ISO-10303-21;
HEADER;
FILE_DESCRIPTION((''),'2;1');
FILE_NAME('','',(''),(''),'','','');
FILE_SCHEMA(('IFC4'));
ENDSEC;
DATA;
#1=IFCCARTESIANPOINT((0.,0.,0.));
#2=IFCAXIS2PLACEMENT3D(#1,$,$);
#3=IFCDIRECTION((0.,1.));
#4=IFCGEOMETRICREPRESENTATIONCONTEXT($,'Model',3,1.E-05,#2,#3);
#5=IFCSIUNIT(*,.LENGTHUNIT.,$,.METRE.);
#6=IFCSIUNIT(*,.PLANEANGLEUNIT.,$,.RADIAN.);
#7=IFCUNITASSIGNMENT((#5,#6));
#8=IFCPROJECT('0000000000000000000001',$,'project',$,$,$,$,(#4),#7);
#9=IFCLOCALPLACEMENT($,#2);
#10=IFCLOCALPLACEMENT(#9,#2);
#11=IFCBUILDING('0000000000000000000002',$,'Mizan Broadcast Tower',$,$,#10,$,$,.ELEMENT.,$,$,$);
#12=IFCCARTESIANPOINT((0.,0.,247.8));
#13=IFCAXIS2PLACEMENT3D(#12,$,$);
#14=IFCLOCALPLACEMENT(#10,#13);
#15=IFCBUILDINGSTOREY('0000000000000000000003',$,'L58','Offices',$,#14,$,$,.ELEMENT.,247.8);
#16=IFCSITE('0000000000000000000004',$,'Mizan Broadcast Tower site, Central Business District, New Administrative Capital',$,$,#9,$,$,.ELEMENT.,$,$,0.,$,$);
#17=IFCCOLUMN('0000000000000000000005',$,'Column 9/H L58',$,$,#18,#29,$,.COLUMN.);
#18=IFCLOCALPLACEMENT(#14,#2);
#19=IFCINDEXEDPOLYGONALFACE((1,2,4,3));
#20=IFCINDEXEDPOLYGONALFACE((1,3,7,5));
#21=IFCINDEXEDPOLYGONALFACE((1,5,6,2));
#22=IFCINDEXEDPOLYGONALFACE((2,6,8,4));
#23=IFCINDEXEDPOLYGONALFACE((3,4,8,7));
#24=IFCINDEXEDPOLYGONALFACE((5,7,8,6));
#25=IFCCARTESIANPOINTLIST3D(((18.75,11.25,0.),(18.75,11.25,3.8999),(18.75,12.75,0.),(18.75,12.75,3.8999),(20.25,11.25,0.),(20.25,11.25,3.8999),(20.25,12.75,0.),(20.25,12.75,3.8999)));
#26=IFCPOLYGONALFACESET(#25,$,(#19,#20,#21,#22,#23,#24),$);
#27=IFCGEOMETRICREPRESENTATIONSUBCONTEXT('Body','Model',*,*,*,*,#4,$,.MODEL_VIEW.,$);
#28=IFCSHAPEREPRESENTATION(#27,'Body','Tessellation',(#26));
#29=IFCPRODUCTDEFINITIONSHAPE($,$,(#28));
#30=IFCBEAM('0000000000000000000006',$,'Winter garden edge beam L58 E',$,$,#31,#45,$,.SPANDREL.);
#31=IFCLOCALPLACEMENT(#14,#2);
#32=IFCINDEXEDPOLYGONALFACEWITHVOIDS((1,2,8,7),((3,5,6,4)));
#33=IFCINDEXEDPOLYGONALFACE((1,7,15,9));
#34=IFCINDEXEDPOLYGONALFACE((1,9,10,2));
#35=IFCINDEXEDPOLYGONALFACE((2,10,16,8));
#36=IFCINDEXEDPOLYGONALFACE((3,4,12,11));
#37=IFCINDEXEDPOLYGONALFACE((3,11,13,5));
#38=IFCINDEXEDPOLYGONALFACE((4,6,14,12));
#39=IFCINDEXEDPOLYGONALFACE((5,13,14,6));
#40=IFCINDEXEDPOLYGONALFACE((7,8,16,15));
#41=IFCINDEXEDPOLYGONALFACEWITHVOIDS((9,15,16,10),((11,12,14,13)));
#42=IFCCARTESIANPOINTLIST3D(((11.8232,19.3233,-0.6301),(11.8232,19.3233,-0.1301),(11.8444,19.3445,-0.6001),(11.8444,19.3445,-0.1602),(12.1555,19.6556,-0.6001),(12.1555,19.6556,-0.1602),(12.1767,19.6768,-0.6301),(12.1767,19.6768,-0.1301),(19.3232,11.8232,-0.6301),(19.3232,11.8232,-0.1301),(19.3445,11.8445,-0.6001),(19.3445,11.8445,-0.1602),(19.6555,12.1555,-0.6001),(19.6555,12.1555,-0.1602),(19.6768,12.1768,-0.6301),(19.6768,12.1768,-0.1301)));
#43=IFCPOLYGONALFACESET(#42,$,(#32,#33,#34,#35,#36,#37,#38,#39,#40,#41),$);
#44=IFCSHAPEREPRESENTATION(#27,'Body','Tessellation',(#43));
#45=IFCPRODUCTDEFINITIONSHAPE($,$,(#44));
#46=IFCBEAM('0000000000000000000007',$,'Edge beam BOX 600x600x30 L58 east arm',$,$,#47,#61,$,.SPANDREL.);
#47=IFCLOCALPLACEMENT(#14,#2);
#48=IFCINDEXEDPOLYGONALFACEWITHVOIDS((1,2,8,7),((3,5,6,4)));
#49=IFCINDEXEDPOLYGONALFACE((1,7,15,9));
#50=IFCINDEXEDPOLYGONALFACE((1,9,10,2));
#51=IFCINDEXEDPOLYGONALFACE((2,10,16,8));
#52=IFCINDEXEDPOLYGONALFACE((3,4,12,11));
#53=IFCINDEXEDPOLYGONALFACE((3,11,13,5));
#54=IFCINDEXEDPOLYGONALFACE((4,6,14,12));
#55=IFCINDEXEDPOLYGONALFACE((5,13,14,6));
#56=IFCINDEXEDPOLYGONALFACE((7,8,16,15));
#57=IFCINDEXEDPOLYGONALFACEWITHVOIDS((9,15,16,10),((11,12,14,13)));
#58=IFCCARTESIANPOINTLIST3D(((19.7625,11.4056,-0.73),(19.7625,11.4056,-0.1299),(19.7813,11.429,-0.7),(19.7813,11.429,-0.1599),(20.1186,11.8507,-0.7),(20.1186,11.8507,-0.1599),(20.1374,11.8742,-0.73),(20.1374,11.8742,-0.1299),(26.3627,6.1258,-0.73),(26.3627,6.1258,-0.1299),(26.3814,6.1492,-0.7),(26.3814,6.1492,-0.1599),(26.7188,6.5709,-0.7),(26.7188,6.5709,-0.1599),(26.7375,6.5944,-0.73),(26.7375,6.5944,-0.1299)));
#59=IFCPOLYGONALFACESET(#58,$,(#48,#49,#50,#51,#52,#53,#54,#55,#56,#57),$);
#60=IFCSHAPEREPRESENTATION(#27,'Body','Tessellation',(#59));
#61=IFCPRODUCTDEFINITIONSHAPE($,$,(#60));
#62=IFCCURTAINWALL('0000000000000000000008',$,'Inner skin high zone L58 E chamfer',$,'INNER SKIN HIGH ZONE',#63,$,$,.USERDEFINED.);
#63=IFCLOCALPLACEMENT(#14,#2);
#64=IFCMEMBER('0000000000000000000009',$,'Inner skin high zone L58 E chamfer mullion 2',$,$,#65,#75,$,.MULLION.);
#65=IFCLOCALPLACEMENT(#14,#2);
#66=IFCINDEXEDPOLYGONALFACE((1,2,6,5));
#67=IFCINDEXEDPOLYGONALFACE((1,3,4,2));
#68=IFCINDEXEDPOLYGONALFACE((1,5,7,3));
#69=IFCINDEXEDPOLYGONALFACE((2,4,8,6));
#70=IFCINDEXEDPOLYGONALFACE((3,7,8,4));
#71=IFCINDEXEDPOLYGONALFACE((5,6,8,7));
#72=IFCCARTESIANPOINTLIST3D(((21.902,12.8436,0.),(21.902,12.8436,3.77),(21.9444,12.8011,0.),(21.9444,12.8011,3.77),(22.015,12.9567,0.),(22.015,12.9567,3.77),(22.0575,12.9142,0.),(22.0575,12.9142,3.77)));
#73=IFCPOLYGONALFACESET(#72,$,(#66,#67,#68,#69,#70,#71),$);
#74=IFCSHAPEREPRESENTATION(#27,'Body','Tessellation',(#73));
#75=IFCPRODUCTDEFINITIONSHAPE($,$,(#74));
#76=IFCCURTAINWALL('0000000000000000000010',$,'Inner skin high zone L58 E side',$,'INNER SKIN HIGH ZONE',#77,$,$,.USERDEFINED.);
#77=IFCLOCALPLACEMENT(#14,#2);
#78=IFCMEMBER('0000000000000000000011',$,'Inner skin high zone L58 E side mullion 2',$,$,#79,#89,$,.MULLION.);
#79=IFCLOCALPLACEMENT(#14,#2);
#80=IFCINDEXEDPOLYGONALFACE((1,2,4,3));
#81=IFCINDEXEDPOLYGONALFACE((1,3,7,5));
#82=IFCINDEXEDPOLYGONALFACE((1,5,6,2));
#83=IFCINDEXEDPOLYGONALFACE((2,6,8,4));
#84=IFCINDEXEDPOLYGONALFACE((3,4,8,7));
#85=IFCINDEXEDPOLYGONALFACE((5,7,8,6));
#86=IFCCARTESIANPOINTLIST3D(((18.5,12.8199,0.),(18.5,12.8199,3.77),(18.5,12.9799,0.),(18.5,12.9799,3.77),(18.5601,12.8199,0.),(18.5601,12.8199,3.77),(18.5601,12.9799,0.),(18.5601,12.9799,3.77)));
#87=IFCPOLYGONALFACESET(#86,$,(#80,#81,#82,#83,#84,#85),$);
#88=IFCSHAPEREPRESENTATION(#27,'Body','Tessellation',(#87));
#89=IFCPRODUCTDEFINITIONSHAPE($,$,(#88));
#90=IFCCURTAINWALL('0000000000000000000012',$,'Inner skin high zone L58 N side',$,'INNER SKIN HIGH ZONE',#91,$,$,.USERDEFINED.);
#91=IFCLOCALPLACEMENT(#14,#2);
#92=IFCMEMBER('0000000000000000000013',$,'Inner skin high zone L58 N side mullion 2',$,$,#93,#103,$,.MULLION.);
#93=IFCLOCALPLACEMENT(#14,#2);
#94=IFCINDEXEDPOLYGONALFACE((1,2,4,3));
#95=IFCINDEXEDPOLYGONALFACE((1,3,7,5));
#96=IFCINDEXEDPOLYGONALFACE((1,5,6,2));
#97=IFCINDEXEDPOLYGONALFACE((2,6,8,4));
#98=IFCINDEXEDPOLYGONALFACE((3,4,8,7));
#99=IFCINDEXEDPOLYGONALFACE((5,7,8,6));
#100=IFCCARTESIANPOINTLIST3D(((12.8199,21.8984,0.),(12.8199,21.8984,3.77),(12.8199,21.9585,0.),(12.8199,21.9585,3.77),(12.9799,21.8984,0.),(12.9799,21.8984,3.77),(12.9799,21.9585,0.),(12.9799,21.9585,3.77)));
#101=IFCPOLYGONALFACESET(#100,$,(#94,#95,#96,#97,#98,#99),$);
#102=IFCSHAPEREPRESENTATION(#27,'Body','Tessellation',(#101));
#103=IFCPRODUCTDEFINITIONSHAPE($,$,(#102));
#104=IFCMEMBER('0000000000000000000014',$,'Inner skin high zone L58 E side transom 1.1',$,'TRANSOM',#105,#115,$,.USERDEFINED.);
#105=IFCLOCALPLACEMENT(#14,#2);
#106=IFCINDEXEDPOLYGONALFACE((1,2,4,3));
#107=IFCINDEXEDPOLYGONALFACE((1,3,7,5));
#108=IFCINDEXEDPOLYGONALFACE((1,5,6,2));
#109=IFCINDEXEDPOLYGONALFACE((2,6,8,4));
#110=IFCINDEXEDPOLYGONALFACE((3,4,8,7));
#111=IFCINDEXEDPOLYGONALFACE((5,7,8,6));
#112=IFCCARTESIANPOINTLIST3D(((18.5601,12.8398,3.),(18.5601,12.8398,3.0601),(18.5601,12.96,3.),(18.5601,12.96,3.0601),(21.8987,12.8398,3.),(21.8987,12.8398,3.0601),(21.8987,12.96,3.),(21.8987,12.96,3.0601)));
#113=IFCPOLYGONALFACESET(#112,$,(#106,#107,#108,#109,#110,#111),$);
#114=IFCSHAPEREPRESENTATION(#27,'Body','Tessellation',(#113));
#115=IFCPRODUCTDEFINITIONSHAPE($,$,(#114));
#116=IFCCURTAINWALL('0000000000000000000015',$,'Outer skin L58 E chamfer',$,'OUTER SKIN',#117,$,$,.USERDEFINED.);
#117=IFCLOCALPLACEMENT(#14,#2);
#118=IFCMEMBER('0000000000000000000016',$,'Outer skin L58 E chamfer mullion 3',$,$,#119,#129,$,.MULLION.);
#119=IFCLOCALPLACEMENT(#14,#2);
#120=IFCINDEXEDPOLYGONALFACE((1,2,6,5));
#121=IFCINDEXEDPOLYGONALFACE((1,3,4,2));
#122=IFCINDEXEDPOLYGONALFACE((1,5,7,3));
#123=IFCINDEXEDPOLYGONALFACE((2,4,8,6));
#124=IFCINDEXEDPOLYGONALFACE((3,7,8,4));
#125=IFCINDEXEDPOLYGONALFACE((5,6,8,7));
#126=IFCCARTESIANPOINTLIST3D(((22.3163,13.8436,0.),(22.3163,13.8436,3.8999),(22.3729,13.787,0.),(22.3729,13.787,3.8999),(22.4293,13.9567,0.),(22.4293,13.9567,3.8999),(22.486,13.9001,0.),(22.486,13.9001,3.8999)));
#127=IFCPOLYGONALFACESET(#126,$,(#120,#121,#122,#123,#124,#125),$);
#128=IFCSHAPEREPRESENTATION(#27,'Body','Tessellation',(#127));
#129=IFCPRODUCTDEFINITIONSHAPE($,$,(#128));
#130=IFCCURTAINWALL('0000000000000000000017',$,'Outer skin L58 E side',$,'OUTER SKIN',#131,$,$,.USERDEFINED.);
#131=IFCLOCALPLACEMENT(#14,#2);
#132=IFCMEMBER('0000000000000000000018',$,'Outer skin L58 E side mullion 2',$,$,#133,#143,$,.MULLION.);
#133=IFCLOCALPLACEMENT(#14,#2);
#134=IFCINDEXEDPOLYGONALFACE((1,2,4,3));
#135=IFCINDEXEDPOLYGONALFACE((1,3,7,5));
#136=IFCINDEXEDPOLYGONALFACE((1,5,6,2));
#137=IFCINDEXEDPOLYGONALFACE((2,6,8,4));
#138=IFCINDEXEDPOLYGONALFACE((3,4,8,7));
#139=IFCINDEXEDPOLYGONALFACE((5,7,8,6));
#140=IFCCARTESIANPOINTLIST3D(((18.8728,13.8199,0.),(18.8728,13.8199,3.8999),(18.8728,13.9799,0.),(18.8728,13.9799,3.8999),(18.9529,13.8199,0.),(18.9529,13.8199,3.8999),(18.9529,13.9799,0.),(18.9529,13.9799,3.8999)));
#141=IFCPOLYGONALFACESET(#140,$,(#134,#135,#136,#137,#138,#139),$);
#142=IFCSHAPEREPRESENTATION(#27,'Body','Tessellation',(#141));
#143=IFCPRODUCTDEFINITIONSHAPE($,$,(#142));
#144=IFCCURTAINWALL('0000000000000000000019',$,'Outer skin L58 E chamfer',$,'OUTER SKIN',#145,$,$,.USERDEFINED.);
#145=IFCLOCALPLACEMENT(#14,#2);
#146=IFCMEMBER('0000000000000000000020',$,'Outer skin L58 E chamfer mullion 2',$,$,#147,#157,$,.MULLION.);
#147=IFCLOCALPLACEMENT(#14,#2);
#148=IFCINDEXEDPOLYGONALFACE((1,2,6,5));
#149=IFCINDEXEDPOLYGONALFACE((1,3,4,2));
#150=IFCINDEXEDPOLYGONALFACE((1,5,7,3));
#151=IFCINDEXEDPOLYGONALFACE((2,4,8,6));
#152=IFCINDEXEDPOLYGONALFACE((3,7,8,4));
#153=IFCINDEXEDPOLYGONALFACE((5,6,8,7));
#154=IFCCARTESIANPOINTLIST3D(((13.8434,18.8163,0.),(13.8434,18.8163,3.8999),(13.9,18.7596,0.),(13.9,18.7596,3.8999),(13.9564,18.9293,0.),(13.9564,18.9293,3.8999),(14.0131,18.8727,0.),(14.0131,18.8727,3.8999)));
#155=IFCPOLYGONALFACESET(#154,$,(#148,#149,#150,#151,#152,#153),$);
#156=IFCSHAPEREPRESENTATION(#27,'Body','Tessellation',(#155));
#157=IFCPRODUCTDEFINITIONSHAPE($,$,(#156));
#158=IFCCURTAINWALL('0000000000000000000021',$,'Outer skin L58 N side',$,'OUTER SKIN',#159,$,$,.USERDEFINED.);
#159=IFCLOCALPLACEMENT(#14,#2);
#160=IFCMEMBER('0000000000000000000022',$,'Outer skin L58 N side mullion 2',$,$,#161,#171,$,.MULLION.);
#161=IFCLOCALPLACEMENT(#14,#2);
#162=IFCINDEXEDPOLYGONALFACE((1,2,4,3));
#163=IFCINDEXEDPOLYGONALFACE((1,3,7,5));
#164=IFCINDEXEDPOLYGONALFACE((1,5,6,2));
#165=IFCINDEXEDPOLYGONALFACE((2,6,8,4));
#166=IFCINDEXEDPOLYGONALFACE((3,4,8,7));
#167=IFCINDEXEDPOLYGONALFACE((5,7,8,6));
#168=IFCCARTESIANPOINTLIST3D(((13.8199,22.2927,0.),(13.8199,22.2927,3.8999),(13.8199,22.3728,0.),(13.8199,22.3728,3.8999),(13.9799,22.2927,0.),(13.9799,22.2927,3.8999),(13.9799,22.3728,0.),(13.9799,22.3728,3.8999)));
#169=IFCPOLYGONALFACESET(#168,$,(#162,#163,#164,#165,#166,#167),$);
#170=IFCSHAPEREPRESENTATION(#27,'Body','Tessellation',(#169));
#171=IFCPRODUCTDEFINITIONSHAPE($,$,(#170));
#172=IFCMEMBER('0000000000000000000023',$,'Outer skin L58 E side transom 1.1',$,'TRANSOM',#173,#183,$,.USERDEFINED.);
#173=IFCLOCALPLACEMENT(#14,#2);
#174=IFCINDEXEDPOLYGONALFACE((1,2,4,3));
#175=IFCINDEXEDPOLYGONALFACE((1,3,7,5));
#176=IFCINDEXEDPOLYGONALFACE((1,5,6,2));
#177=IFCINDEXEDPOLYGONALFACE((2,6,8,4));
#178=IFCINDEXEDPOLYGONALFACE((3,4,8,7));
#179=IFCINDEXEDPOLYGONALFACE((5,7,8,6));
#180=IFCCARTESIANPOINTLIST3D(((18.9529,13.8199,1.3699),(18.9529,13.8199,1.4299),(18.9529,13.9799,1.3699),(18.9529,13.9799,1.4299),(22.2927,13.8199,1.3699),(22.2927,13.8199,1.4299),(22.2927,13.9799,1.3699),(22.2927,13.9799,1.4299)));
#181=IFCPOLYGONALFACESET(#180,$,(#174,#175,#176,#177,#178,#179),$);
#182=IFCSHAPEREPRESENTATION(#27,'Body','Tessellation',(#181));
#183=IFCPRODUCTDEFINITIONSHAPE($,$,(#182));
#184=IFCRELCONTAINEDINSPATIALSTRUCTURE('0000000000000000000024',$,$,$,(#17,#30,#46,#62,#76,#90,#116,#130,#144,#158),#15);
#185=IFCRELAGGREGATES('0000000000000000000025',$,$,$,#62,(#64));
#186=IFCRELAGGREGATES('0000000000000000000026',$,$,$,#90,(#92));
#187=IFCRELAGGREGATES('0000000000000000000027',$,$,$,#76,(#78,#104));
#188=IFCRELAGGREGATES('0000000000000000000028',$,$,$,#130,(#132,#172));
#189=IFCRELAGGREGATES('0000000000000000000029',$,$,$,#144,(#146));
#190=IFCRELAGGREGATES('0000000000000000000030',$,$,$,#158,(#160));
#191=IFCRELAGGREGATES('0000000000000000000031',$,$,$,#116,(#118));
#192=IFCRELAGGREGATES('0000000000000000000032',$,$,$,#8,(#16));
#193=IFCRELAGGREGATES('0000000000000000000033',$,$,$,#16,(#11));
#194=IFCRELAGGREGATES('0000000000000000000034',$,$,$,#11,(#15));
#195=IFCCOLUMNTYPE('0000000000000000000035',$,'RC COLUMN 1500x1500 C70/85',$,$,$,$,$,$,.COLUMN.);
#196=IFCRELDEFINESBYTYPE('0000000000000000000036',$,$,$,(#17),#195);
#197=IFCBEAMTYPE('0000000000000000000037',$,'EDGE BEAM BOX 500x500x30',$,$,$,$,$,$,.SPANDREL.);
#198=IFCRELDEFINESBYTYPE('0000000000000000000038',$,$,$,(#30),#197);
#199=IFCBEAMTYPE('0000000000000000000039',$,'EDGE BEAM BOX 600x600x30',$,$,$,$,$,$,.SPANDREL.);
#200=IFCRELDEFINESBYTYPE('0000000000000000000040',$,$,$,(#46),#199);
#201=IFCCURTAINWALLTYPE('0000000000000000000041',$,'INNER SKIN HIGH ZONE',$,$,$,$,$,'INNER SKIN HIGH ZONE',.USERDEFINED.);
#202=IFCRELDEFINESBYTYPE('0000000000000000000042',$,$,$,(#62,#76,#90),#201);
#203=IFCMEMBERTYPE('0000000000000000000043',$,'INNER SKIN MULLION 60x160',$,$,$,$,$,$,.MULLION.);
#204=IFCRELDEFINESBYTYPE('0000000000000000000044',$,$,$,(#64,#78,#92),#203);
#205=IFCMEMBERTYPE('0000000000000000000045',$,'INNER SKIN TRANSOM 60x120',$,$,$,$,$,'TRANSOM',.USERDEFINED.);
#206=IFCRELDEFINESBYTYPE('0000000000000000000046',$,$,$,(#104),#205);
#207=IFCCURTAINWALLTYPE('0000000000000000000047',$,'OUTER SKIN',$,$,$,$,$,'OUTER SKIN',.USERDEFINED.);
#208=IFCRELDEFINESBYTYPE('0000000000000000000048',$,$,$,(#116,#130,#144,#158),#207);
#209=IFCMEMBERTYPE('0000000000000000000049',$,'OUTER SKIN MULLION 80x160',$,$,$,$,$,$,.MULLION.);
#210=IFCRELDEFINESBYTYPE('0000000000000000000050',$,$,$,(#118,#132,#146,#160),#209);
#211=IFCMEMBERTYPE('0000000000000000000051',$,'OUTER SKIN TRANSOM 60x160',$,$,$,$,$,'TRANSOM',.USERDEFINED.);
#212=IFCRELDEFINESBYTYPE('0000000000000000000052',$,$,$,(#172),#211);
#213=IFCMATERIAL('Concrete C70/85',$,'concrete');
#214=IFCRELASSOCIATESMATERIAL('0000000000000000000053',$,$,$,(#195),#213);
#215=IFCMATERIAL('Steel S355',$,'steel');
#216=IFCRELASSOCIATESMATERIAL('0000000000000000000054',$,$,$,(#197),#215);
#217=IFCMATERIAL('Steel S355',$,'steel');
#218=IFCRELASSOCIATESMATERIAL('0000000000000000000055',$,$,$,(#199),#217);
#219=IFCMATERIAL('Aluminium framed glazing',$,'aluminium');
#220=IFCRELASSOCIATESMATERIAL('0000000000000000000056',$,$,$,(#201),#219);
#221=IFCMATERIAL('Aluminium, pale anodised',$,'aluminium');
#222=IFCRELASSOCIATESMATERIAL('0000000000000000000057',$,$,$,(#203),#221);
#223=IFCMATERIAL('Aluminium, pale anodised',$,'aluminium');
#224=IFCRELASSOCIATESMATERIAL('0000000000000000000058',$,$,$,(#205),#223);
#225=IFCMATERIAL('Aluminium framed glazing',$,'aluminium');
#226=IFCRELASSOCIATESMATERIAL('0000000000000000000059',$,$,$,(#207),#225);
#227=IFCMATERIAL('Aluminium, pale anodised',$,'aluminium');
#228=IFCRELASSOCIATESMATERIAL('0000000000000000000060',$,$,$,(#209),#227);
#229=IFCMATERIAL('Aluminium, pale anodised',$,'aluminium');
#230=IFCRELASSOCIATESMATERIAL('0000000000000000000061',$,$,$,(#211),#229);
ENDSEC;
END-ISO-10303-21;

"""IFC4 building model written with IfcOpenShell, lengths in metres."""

from ifc_helpers import new_model, si_unit, direction, frame, origin, origin_2d, place, context, subcontext, project, spatial, rectangle, hollow_rectangle, extrude, material, material_profile, profile_set, type_object, element, aggregate, save


model = new_model("IFC4")

# Units and contexts
model_context = context("Model", 3, precision=1e-05, world=origin(), true_north=direction((0.0, 1.0)))
body_context = subcontext(model_context, "Body", "Model", "MODEL_VIEW")
ifc_project = project(units=[si_unit("LENGTHUNIT", "METRE"), si_unit("PLANEANGLEUNIT", "RADIAN")], contexts=[model_context])

# Site, building, storey
site_placement = place(None, origin())
site = spatial("IfcSite", under=ifc_project, at=site_placement, Name="Mizan Broadcast Tower site, Central Business District, New Administrative Capital", CompositionType="ELEMENT", RefElevation=0.0)
building_placement = place(site_placement, origin())
building = spatial("IfcBuilding", under=site, at=building_placement, Name="Mizan Broadcast Tower", CompositionType="ELEMENT")
storey_placement = place(building_placement, frame((0.0, 0.0, 247.8)))
storey = spatial("IfcBuildingStorey", under=building, at=storey_placement, Name="L58", Description="Offices", CompositionType="ELEMENT", Elevation=247.8)

# Column
ifc_material_1 = material(Name="Concrete C70/85", Category="concrete")
ifc_material_profile_1 = material_profile(ifc_material_1, rectangle(XDim=1.5, YDim=1.5, at=origin_2d()), Name="RC 1500x1500")
ifc_profile_set_1 = profile_set([ifc_material_profile_1], Name="Concrete C70/85")
column_type = type_object("IfcColumnType", Name="RC COLUMN 1500x1500 C70/85", PredefinedType="COLUMN", material=ifc_profile_set_1)
column_placement = place(storey_placement, frame((19.5, 12.0, 0.0), z_axis=(0.0, 0.0, 1.0), x_axis=(1.0, 0.0, 0.0)))
element("IfcColumn", 1, at=column_placement, inside=storey, type_object=column_type, Name="Column 9/H L58", PredefinedType="COLUMN", context=body_context, shape_type="SweptSolid", body=[
    extrude(rectangle(XDim=1.5, YDim=1.5, at=origin_2d()), origin(), (0.0, 0.0, 1.0), 3.8999),
])

# Beams
ifc_material_2 = material(Name="Steel S355", Category="steel")
ifc_material_profile_2 = material_profile(ifc_material_2, hollow_rectangle(XDim=0.5, YDim=0.5, WallThickness=0.03, at=origin_2d()), Name="BOX 500x500x30")
ifc_profile_set_2 = profile_set([ifc_material_profile_2], Name="Steel S355")
beam_type_1 = type_object("IfcBeamType", Name="EDGE BEAM BOX 500x500x30", PredefinedType="SPANDREL", material=ifc_profile_set_2)
beam_1_placement = place(storey_placement, frame((19.5, 12.0, -0.3801), z_axis=(-0.707107, 0.707107, 0.0), x_axis=(-0.707107, -0.707107, 0.0)))
element("IfcBeam", 2, at=beam_1_placement, inside=storey, type_object=beam_type_1, Name="Winter garden edge beam L58 E", PredefinedType="SPANDREL", context=body_context, shape_type="SweptSolid", body=[
    extrude(hollow_rectangle(XDim=0.5, YDim=0.5, WallThickness=0.03, at=origin_2d()), origin(), (0.0, 0.0, 1.0), 10.6067),
])
ifc_material_3 = material(Name="Steel S355", Category="steel")
ifc_material_profile_3 = material_profile(ifc_material_3, hollow_rectangle(XDim=0.6001, YDim=0.6001, WallThickness=0.03, at=origin_2d()), Name="BOX 600x600x30")
ifc_profile_set_3 = profile_set([ifc_material_profile_3], Name="Steel S355")
beam_type_2 = type_object("IfcBeamType", Name="EDGE BEAM BOX 600x600x30", PredefinedType="SPANDREL", material=ifc_profile_set_3)
beam_2_placement = place(storey_placement, frame((19.95, 11.6399, -0.4299), z_axis=(0.780886, -0.624674, 0.0), x_axis=(0.624674, 0.780886, 0.0)))
element("IfcBeam", 3, at=beam_2_placement, inside=storey, type_object=beam_type_2, Name="Edge beam BOX 600x600x30 L58 east arm", PredefinedType="SPANDREL", context=body_context, shape_type="SweptSolid", body=[
    extrude(hollow_rectangle(XDim=0.6001, YDim=0.6001, WallThickness=0.03, at=origin_2d()), origin(), (0.0, 0.0, 1.0), 8.4521),
])

# Curtain walls, members
ifc_material_4 = material(Name="Aluminium framed glazing", Category="aluminium")
curtain_wall_type_1 = type_object("IfcCurtainWallType", Name="INNER SKIN HIGH ZONE", ElementType="INNER SKIN HIGH ZONE", PredefinedType="USERDEFINED", material=ifc_material_4)
curtain_wall_1_placement = place(storey_placement, origin())
curtain_wall_1 = element("IfcCurtainWall", 4, at=curtain_wall_1_placement, inside=storey, type_object=curtain_wall_type_1, Name="Inner skin high zone L58 E chamfer", ObjectType="INNER SKIN HIGH ZONE", PredefinedType="USERDEFINED")
ifc_material_5 = material(Name="Aluminium, pale anodised", Category="aluminium")
ifc_material_profile_4 = material_profile(ifc_material_5, rectangle(XDim=0.1599, YDim=0.0601, at=origin_2d()), Name="MULLION 160x60")
ifc_profile_set_4 = profile_set([ifc_material_profile_4], Name="Aluminium, pale anodised")
member_type_1 = type_object("IfcMemberType", Name="INNER SKIN MULLION 60x160", PredefinedType="MULLION", material=ifc_profile_set_4)
member_1_placement = place(storey_placement, frame((21.9797, 12.8789, 0.0), z_axis=(0.0, 0.0, 1.0), x_axis=(-0.707107, -0.707107, 0.0)))
member_1 = element("IfcMember", 5, at=member_1_placement, type_object=member_type_1, Name="Inner skin high zone L58 E chamfer mullion 2", PredefinedType="MULLION", context=body_context, shape_type="SweptSolid", body=[
    extrude(rectangle(XDim=0.1599, YDim=0.0601, at=origin_2d()), origin(), (0.0, 0.0, 1.0), 3.77),
])
aggregate(curtain_wall_1, [member_1])
curtain_wall_2_placement = place(storey_placement, origin())
curtain_wall_2 = element("IfcCurtainWall", 6, at=curtain_wall_2_placement, inside=storey, type_object=curtain_wall_type_1, Name="Inner skin high zone L58 E side", ObjectType="INNER SKIN HIGH ZONE", PredefinedType="USERDEFINED")
member_2_placement = place(storey_placement, frame((18.53, 12.8999, 0.0), z_axis=(0.0, 0.0, 1.0), x_axis=(0.0, -1.0, 0.0)))
member_2 = element("IfcMember", 7, at=member_2_placement, type_object=member_type_1, Name="Inner skin high zone L58 E side mullion 2", PredefinedType="MULLION", context=body_context, shape_type="SweptSolid", body=[
    extrude(rectangle(XDim=0.1599, YDim=0.0601, at=origin_2d()), origin(), (0.0, 0.0, 1.0), 3.77),
])
curtain_wall_3_placement = place(storey_placement, origin())
curtain_wall_3 = element("IfcCurtainWall", 8, at=curtain_wall_3_placement, inside=storey, type_object=curtain_wall_type_1, Name="Inner skin high zone L58 N side", ObjectType="INNER SKIN HIGH ZONE", PredefinedType="USERDEFINED")
member_3_placement = place(storey_placement, frame((12.8999, 21.9285, 0.0), z_axis=(0.0, 0.0, 1.0), x_axis=(-1.0, 0.0, 0.0)))
member_3 = element("IfcMember", 9, at=member_3_placement, type_object=member_type_1, Name="Inner skin high zone L58 N side mullion 2", PredefinedType="MULLION", context=body_context, shape_type="SweptSolid", body=[
    extrude(rectangle(XDim=0.1599, YDim=0.0601, at=origin_2d()), origin(), (0.0, 0.0, 1.0), 3.77),
])
aggregate(curtain_wall_3, [member_3])

# Member
ifc_material_6 = material(Name="Aluminium, pale anodised", Category="aluminium")
ifc_material_profile_5 = material_profile(ifc_material_6, rectangle(XDim=0.1201, YDim=0.0601, at=origin_2d()), Name="TRANSOM 120x60")
ifc_profile_set_5 = profile_set([ifc_material_profile_5], Name="Aluminium, pale anodised")
member_type_2 = type_object("IfcMemberType", Name="INNER SKIN TRANSOM 60x120", ElementType="TRANSOM", PredefinedType="USERDEFINED", material=ifc_profile_set_5)
member_4_placement = place(storey_placement, frame((21.8987, 12.8999, 3.03), z_axis=(-1.0, 0.0, 0.0), x_axis=(0.0, -1.0, 0.0)))
member_4 = element("IfcMember", 10, at=member_4_placement, type_object=member_type_2, Name="Inner skin high zone L58 E side transom 1.1", ObjectType="TRANSOM", PredefinedType="USERDEFINED", context=body_context, shape_type="SweptSolid", body=[
    extrude(rectangle(XDim=0.1201, YDim=0.0601, at=origin_2d()), origin(), (0.0, 0.0, 1.0), 3.3386),
])

# Curtain walls, members
ifc_material_7 = material(Name="Aluminium framed glazing", Category="aluminium")
curtain_wall_type_2 = type_object("IfcCurtainWallType", Name="OUTER SKIN", ElementType="OUTER SKIN", PredefinedType="USERDEFINED", material=ifc_material_7)
curtain_wall_4_placement = place(storey_placement, origin())
curtain_wall_4 = element("IfcCurtainWall", 11, at=curtain_wall_4_placement, inside=storey, type_object=curtain_wall_type_2, Name="Outer skin L58 E chamfer", ObjectType="OUTER SKIN", PredefinedType="USERDEFINED")
ifc_material_8 = material(Name="Aluminium, pale anodised", Category="aluminium")
ifc_material_profile_6 = material_profile(ifc_material_8, rectangle(XDim=0.1599, YDim=0.0801, at=origin_2d()), Name="MULLION 160x80")
ifc_profile_set_6 = profile_set([ifc_material_profile_6], Name="Aluminium, pale anodised")
member_type_3 = type_object("IfcMemberType", Name="OUTER SKIN MULLION 80x160", PredefinedType="MULLION", material=ifc_profile_set_6)
member_5_placement = place(storey_placement, frame((22.4011, 13.8718, 0.0), z_axis=(0.0, 0.0, 1.0), x_axis=(-0.707107, -0.707107, 0.0)))
member_5 = element("IfcMember", 12, at=member_5_placement, type_object=member_type_3, Name="Outer skin L58 E chamfer mullion 3", PredefinedType="MULLION", context=body_context, shape_type="SweptSolid", body=[
    extrude(rectangle(XDim=0.1599, YDim=0.0801, at=origin_2d()), origin(), (0.0, 0.0, 1.0), 3.8999),
])
curtain_wall_5_placement = place(storey_placement, origin())
curtain_wall_5 = element("IfcCurtainWall", 13, at=curtain_wall_5_placement, inside=storey, type_object=curtain_wall_type_2, Name="Outer skin L58 E side", ObjectType="OUTER SKIN", PredefinedType="USERDEFINED")
member_6_placement = place(storey_placement, frame((18.9128, 13.8999, 0.0), z_axis=(0.0, 0.0, 1.0), x_axis=(0.0, -1.0, 0.0)))
member_6 = element("IfcMember", 14, at=member_6_placement, type_object=member_type_3, Name="Outer skin L58 E side mullion 2", PredefinedType="MULLION", context=body_context, shape_type="SweptSolid", body=[
    extrude(rectangle(XDim=0.1599, YDim=0.0801, at=origin_2d()), origin(), (0.0, 0.0, 1.0), 3.8999),
])
curtain_wall_6_placement = place(storey_placement, origin())
curtain_wall_6 = element("IfcCurtainWall", 15, at=curtain_wall_6_placement, inside=storey, type_object=curtain_wall_type_2, Name="Outer skin L58 E chamfer", ObjectType="OUTER SKIN", PredefinedType="USERDEFINED")
member_7_placement = place(storey_placement, frame((13.9282, 18.8445, 0.0), z_axis=(0.0, 0.0, 1.0), x_axis=(-0.707107, -0.707107, 0.0)))
member_7 = element("IfcMember", 16, at=member_7_placement, type_object=member_type_3, Name="Outer skin L58 E chamfer mullion 2", PredefinedType="MULLION", context=body_context, shape_type="SweptSolid", body=[
    extrude(rectangle(XDim=0.1599, YDim=0.0801, at=origin_2d()), origin(), (0.0, 0.0, 1.0), 3.8999),
])
curtain_wall_7_placement = place(storey_placement, origin())
curtain_wall_7 = element("IfcCurtainWall", 17, at=curtain_wall_7_placement, inside=storey, type_object=curtain_wall_type_2, Name="Outer skin L58 N side", ObjectType="OUTER SKIN", PredefinedType="USERDEFINED")
member_8_placement = place(storey_placement, frame((13.8999, 22.3328, 0.0), z_axis=(0.0, 0.0, 1.0), x_axis=(-1.0, 0.0, 0.0)))
member_8 = element("IfcMember", 18, at=member_8_placement, type_object=member_type_3, Name="Outer skin L58 N side mullion 2", PredefinedType="MULLION", context=body_context, shape_type="SweptSolid", body=[
    extrude(rectangle(XDim=0.1599, YDim=0.0801, at=origin_2d()), origin(), (0.0, 0.0, 1.0), 3.8999),
])

# Member
ifc_material_9 = material(Name="Aluminium, pale anodised", Category="aluminium")
ifc_material_profile_7 = material_profile(ifc_material_9, rectangle(XDim=0.1599, YDim=0.0601, at=origin_2d()), Name="TRANSOM 160x60")
ifc_profile_set_7 = profile_set([ifc_material_profile_7], Name="Aluminium, pale anodised")
member_type_4 = type_object("IfcMemberType", Name="OUTER SKIN TRANSOM 60x160", ElementType="TRANSOM", PredefinedType="USERDEFINED", material=ifc_profile_set_7)
member_9_placement = place(storey_placement, frame((22.2927, 13.8999, 1.3999), z_axis=(-1.0, 0.0, 0.0), x_axis=(0.0, -1.0, 0.0)))
member_9 = element("IfcMember", 19, at=member_9_placement, type_object=member_type_4, Name="Outer skin L58 E side transom 1.1", ObjectType="TRANSOM", PredefinedType="USERDEFINED", context=body_context, shape_type="SweptSolid", body=[
    extrude(rectangle(XDim=0.1599, YDim=0.0601, at=origin_2d()), origin(), (0.0, 0.0, 1.0), 3.3398),
])

aggregate(curtain_wall_2, [member_2, member_4])
aggregate(curtain_wall_5, [member_6, member_9])
aggregate(curtain_wall_6, [member_7])
aggregate(curtain_wall_7, [member_8])
aggregate(curtain_wall_4, [member_5])

save(model, "model.ifc")
